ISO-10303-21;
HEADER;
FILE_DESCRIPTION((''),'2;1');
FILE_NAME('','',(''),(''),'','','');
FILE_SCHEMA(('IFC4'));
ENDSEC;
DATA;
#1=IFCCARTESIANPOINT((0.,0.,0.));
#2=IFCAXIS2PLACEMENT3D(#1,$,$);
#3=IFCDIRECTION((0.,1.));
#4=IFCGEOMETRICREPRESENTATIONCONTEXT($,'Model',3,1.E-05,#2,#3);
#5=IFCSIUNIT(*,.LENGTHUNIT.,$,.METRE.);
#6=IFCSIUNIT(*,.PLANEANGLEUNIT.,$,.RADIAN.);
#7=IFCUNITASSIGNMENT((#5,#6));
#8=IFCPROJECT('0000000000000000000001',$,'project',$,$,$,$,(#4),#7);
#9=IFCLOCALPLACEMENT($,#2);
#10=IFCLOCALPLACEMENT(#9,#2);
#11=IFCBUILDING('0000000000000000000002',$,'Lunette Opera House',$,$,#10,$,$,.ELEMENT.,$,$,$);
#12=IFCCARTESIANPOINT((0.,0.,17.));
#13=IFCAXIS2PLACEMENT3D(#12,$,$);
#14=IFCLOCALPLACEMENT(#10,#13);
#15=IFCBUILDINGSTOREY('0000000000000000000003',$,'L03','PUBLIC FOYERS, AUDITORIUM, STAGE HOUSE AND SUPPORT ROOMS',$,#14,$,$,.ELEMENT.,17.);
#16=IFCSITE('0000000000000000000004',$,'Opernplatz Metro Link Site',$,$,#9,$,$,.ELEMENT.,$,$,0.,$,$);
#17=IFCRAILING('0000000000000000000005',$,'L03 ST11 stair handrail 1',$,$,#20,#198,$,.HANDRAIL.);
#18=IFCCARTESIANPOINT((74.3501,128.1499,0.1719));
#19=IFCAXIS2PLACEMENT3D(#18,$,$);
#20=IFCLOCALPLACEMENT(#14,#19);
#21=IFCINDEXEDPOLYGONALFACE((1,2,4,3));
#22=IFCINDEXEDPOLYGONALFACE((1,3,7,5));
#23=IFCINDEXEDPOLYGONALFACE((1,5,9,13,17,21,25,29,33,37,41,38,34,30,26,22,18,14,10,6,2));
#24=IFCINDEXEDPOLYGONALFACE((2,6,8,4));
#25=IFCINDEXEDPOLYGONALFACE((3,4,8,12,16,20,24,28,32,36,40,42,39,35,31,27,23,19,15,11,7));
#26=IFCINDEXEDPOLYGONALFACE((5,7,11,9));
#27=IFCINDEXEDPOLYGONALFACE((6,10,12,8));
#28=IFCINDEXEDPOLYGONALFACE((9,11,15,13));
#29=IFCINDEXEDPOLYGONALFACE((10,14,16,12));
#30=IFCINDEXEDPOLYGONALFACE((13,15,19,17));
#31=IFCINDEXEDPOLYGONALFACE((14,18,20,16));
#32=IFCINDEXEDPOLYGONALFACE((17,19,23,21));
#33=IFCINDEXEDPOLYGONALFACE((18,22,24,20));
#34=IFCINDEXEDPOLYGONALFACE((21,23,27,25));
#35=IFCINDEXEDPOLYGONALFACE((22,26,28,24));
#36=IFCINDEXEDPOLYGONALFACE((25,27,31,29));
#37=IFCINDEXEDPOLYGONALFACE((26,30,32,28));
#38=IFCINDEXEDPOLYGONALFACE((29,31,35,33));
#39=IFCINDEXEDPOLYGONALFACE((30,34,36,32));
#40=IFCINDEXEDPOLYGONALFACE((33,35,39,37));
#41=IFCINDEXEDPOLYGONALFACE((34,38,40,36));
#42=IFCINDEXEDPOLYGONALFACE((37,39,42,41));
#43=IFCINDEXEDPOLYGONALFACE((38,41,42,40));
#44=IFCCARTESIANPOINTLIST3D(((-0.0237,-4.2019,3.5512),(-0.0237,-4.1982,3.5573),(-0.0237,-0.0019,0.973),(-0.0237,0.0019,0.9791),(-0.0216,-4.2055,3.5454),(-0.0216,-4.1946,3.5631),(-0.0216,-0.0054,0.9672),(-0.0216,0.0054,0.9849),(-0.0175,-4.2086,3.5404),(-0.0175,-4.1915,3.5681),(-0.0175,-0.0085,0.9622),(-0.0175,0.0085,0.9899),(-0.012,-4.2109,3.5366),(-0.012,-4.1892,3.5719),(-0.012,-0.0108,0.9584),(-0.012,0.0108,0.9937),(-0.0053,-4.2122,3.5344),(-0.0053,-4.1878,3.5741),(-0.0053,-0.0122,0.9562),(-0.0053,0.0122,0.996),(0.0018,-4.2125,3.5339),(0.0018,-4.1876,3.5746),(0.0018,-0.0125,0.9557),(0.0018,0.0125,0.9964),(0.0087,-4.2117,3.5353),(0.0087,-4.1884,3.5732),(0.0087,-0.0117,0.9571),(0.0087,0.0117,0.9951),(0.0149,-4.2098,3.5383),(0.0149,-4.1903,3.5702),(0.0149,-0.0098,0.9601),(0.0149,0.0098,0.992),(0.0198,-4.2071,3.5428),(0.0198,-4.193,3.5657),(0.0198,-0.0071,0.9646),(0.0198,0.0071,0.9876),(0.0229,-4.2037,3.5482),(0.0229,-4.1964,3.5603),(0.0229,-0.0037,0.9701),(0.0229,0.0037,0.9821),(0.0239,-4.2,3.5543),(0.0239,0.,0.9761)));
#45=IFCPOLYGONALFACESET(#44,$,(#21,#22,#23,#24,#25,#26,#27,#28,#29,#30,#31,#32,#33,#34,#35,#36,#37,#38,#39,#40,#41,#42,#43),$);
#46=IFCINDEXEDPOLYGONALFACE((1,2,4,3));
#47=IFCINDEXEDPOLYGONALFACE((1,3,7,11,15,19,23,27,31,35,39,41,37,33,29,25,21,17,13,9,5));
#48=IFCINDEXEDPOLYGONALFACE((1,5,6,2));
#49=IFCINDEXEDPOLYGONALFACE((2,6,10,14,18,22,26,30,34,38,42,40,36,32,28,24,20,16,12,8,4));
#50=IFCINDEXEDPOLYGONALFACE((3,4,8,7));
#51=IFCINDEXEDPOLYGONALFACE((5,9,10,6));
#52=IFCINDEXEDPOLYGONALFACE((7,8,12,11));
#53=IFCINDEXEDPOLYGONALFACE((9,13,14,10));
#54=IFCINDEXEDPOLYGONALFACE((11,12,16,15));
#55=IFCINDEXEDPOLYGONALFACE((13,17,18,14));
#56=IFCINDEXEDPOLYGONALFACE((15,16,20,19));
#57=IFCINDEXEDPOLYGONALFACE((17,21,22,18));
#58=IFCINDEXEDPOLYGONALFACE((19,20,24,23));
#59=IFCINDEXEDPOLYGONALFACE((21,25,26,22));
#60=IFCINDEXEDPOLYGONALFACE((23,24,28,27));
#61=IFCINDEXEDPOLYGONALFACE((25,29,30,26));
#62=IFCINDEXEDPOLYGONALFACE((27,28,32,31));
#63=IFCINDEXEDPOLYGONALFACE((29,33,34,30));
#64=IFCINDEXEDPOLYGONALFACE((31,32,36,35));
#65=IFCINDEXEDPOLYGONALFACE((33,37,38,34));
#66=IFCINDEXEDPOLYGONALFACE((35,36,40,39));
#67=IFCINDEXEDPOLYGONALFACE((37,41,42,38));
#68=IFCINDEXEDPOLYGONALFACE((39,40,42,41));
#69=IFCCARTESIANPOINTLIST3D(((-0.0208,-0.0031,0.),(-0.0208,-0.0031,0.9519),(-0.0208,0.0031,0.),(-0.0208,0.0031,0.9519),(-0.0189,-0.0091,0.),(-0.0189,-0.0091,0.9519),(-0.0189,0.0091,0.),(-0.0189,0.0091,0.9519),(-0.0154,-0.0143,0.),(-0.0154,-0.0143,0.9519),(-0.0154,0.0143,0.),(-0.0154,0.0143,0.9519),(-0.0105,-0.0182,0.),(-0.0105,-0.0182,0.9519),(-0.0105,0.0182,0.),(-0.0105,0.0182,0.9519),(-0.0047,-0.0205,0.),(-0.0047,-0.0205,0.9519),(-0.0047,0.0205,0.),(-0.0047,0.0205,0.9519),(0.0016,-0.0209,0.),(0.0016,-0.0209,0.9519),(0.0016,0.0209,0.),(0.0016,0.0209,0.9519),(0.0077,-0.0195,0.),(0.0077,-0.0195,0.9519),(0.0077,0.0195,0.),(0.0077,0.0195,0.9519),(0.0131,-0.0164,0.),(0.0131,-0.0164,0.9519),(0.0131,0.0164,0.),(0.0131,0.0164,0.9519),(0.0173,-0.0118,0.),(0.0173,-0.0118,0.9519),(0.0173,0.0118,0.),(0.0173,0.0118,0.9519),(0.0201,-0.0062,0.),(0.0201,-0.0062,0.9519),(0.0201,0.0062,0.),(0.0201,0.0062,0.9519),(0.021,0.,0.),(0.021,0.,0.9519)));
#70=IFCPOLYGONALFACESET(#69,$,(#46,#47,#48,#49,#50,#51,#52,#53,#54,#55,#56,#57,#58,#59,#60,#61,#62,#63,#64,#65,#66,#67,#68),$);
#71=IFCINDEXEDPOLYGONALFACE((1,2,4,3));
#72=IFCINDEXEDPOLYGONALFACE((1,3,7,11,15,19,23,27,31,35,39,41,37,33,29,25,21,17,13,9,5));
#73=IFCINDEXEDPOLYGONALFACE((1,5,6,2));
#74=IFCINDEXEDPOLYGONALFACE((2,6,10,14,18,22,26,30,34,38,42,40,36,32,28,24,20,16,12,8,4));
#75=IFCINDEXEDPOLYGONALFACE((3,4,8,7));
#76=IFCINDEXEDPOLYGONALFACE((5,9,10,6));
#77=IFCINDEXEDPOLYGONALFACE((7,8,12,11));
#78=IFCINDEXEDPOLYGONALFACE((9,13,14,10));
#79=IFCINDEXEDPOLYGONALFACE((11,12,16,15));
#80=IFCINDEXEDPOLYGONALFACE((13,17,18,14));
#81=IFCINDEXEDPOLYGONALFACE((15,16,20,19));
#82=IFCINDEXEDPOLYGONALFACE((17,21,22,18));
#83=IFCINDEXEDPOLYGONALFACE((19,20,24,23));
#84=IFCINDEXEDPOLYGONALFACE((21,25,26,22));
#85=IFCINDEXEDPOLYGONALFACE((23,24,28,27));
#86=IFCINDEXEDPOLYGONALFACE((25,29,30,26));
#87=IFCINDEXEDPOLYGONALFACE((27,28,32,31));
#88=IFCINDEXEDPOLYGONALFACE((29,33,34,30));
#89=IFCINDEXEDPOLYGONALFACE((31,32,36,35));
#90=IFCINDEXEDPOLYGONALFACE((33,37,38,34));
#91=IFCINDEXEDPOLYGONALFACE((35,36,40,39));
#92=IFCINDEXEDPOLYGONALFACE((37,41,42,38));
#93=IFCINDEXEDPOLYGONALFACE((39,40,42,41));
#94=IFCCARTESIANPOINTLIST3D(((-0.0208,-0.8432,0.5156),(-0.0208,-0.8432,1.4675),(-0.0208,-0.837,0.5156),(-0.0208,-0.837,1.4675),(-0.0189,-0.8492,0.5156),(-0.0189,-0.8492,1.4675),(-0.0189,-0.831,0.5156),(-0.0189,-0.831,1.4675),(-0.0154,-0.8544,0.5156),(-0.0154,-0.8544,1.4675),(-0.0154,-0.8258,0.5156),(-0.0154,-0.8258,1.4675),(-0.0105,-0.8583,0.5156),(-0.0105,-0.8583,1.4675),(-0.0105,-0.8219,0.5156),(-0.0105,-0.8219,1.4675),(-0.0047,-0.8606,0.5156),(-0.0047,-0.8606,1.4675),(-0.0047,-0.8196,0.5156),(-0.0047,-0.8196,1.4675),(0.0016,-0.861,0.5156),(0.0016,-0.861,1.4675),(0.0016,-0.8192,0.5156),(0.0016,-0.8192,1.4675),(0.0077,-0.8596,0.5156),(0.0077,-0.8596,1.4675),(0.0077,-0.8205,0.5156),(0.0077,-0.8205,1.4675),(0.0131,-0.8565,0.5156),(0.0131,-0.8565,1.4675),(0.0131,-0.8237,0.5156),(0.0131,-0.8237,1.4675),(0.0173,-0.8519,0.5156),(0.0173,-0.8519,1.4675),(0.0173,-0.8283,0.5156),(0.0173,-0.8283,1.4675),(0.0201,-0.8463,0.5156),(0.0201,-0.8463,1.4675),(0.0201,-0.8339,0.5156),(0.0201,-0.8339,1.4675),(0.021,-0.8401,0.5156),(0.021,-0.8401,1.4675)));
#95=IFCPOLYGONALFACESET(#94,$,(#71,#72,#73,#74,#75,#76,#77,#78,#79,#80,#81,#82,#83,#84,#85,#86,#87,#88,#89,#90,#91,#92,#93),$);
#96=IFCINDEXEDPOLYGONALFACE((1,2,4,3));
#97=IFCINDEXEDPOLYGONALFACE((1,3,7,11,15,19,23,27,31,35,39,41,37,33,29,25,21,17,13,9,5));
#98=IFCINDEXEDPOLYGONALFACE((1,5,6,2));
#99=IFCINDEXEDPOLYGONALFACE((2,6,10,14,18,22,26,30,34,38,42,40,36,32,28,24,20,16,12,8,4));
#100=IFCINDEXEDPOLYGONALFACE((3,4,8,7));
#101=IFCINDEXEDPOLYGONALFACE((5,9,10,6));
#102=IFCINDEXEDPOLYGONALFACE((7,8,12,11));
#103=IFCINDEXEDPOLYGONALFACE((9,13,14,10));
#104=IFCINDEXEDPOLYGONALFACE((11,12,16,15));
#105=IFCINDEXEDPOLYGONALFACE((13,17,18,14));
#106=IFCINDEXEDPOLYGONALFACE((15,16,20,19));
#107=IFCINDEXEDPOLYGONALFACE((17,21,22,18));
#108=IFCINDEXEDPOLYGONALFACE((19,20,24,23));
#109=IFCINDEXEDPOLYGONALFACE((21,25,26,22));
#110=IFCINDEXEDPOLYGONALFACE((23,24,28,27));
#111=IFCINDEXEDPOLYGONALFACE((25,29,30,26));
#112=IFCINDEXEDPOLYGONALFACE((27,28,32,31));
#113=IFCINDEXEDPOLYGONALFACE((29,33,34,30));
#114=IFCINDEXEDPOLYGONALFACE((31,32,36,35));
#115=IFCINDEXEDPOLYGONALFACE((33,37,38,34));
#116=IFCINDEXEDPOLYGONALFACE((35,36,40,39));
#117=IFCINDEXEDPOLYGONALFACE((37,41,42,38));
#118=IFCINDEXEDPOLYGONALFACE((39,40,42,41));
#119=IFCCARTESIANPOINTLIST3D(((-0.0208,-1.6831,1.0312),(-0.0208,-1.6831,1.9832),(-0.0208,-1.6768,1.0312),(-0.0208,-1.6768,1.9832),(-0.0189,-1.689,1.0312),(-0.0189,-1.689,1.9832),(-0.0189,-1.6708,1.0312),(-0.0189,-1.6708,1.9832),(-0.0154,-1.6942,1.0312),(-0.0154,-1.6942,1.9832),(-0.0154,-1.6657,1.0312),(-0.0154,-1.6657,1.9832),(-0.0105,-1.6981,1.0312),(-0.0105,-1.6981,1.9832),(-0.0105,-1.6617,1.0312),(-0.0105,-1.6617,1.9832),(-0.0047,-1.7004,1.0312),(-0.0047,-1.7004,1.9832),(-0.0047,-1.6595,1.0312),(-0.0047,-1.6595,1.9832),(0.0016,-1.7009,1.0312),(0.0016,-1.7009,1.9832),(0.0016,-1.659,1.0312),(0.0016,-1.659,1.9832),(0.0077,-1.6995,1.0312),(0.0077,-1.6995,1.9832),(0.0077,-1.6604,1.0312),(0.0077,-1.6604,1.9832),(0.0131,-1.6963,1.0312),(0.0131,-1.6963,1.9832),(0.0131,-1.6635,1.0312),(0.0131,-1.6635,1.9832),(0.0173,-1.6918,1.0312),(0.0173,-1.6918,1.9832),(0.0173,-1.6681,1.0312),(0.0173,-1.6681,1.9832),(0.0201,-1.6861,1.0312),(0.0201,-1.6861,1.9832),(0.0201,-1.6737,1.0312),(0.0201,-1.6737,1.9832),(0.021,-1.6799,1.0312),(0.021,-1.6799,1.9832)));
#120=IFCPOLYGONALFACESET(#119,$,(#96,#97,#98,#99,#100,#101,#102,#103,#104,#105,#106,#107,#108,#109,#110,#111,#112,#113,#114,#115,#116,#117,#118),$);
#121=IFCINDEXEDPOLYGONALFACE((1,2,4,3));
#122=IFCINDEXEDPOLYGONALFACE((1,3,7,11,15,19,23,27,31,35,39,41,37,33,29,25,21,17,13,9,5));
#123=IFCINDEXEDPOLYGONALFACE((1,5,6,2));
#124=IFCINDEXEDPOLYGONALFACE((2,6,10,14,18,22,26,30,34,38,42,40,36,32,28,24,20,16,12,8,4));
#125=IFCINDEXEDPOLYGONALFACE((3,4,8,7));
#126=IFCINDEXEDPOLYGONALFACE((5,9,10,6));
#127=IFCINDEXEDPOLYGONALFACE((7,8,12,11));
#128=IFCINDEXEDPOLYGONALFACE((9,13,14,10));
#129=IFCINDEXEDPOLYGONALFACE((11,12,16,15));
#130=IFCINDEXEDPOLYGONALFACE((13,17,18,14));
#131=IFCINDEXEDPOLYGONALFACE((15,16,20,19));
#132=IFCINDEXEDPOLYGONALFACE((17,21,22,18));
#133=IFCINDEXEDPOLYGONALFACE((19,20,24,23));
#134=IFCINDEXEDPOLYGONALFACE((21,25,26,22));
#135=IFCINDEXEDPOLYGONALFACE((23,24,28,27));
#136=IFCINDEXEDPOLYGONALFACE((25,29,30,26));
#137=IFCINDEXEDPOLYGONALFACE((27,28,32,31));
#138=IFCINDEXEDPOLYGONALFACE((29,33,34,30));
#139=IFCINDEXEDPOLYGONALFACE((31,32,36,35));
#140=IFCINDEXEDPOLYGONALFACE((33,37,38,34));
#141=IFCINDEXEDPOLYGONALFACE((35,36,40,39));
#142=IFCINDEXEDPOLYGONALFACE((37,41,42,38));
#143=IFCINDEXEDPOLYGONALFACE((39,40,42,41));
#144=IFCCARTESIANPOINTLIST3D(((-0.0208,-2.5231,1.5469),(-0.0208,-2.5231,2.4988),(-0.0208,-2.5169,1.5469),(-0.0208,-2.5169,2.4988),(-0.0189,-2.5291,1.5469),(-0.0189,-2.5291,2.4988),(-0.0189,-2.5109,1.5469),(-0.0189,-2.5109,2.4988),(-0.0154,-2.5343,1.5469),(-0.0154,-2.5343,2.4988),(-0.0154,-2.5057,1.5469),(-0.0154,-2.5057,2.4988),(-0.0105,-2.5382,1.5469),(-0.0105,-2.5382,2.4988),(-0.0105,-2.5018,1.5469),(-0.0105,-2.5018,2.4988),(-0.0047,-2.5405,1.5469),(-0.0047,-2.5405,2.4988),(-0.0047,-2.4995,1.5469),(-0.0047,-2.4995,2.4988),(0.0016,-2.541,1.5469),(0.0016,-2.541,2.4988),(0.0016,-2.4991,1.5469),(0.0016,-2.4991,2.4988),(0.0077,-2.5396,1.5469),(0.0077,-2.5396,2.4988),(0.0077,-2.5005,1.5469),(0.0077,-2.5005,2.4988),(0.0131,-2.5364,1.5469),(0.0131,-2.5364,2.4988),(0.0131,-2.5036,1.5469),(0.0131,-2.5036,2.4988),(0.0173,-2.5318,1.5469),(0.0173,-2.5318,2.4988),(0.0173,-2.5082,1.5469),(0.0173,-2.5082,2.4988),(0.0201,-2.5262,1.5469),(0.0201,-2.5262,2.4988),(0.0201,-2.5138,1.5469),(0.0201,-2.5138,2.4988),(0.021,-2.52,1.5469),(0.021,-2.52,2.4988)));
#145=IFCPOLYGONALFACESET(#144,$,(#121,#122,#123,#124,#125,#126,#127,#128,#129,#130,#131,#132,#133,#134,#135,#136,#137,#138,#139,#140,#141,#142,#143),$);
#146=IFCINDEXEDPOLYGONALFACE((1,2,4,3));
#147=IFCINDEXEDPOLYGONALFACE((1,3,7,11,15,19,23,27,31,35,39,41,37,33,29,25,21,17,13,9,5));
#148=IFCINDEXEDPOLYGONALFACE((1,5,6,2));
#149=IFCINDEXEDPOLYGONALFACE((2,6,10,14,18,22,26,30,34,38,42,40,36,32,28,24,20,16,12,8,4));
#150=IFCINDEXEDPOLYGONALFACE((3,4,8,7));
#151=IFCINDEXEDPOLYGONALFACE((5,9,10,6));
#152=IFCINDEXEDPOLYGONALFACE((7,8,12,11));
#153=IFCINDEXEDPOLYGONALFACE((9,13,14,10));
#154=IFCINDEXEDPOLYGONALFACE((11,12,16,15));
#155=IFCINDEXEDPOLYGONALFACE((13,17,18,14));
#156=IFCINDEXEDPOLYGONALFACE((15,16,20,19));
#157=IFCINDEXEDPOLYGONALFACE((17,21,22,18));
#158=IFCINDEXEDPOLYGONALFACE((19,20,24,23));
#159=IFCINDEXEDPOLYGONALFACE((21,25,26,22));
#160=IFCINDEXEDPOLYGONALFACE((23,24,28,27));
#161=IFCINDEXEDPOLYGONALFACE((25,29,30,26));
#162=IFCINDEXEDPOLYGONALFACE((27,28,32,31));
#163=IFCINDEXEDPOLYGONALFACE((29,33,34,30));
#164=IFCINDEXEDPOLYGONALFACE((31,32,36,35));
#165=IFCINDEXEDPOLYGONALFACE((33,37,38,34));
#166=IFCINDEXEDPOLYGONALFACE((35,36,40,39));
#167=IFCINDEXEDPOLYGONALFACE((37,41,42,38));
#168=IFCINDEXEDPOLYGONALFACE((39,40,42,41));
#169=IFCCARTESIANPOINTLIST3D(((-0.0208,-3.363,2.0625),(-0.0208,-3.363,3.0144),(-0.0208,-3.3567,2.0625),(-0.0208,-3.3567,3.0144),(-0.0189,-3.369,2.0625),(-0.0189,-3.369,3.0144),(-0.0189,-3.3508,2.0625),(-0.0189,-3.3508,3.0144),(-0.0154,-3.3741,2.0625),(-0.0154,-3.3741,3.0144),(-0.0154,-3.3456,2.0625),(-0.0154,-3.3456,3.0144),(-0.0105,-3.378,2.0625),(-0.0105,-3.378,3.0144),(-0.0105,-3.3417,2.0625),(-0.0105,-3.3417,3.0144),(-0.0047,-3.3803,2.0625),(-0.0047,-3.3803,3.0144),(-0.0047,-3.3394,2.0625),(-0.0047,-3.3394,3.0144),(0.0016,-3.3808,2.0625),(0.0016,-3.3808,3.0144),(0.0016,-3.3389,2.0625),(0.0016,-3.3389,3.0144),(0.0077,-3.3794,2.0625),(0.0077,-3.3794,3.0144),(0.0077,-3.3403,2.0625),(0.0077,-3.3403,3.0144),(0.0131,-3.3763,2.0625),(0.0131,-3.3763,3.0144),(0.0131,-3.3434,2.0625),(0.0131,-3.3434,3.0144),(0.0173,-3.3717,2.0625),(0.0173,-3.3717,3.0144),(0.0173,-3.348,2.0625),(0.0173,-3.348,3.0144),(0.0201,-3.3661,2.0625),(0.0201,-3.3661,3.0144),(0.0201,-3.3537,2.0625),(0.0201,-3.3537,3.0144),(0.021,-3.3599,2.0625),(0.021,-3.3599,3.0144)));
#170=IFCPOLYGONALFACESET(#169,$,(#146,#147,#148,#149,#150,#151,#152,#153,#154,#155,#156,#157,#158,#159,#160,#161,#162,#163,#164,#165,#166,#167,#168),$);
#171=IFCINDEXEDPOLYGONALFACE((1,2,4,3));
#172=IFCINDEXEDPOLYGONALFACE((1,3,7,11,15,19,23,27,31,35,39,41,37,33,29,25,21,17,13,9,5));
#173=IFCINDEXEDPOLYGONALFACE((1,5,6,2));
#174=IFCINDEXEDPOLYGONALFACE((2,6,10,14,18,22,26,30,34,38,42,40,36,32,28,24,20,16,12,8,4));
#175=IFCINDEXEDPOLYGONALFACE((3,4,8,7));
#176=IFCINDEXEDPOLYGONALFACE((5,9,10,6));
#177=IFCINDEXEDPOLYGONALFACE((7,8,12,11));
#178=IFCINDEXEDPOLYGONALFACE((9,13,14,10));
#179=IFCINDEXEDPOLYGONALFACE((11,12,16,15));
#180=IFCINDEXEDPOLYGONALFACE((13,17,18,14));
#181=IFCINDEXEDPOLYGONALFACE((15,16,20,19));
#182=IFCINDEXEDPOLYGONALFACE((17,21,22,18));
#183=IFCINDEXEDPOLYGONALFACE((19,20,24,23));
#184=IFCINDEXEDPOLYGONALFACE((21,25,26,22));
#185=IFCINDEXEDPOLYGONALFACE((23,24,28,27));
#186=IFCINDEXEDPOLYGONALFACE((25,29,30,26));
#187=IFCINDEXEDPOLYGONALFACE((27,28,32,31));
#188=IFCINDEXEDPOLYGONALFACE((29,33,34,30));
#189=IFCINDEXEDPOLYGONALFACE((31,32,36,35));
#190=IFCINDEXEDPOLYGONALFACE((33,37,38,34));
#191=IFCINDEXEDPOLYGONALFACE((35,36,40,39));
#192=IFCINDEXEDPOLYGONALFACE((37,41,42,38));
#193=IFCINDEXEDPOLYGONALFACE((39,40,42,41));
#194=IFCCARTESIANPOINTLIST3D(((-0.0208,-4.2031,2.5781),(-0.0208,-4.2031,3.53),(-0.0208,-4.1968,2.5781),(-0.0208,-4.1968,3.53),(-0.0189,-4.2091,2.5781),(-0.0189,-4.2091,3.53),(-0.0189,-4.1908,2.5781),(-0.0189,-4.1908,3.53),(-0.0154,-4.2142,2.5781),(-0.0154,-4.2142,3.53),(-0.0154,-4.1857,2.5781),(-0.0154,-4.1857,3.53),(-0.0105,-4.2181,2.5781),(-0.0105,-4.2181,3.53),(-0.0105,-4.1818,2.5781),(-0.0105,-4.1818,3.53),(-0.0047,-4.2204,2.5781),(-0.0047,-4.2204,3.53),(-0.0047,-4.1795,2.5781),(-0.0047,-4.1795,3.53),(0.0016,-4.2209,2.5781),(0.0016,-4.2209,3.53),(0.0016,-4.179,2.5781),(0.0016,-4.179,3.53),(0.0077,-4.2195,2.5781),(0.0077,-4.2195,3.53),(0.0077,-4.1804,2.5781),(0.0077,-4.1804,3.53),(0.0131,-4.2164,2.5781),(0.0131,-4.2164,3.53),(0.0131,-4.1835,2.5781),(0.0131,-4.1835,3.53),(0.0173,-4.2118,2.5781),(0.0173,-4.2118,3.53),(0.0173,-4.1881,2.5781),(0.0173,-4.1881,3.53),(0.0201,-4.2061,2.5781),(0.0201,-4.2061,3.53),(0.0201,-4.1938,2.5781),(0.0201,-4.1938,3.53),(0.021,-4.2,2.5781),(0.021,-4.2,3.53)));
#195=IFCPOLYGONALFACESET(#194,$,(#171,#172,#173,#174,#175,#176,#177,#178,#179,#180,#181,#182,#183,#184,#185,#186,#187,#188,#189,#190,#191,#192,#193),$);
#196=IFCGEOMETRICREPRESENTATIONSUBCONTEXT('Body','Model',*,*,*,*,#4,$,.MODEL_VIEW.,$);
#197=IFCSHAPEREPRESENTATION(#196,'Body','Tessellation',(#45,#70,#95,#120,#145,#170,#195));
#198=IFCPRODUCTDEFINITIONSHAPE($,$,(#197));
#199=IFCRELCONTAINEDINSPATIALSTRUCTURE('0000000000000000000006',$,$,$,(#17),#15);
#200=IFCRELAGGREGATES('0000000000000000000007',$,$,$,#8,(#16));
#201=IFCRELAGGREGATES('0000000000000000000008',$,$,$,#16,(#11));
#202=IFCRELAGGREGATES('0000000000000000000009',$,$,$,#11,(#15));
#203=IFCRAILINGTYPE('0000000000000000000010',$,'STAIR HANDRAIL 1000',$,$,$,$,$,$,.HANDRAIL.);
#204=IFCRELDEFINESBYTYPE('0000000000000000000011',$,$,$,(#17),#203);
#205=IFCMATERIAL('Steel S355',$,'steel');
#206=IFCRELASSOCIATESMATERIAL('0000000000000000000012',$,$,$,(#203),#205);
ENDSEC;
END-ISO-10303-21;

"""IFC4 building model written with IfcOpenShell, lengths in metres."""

from ifc_helpers import new_model, si_unit, direction, frame, origin, origin_2d, place, context, subcontext, project, spatial, circle, extrude, material, type_object, element, save


model = new_model("IFC4")

# Units and contexts
model_context = context("Model", 3, precision=1e-05, world=origin(), true_north=direction((0.0, 1.0)))
body_context = subcontext(model_context, "Body", "Model", "MODEL_VIEW")
ifc_project = project(units=[si_unit("LENGTHUNIT", "METRE"), si_unit("PLANEANGLEUNIT", "RADIAN")], contexts=[model_context])

# Site, building, storey
site_placement = place(None, origin())
site = spatial("IfcSite", under=ifc_project, at=site_placement, Name="Opernplatz Metro Link Site", CompositionType="ELEMENT", RefElevation=0.0)
building_placement = place(site_placement, origin())
building = spatial("IfcBuilding", under=site, at=building_placement, Name="Lunette Opera House", CompositionType="ELEMENT")
storey_placement = place(building_placement, frame((0.0, 0.0, 17.0)))
storey = spatial("IfcBuildingStorey", under=building, at=storey_placement, Name="L03", Description="PUBLIC FOYERS, AUDITORIUM, STAGE HOUSE AND SUPPORT ROOMS", CompositionType="ELEMENT", Elevation=17.0)

# Railing
ifc_material_1 = material(Name="Steel S355", Category="steel")
railing_type = type_object("IfcRailingType", Name="STAIR HANDRAIL 1000", PredefinedType="HANDRAIL", material=ifc_material_1)
railing_placement = place(storey_placement, frame((74.3501, 128.1499, 0.1719)))
element("IfcRailing", 1, at=railing_placement, inside=storey, type_object=railing_type, Name="L03 ST11 stair handrail 1", PredefinedType="HANDRAIL", context=body_context, shape_type="SweptSolid", body=[
    extrude(circle(Radius=0.0239, at=origin_2d()), frame((0.0, 0.0, 0.9761), z_axis=(0.0, -0.852243, 0.523146), x_axis=(1.0, 0.0, 0.0)), (0.0, 0.0, 1.0), 4.9282),
    extrude(circle(Radius=0.021, at=origin_2d()), origin(), (0.0, 0.0, 1.0), 0.9519),
    extrude(circle(Radius=0.021, at=origin_2d()), frame((0.0, -0.8401, 0.5156)), (0.0, 0.0, 1.0), 0.9519),
    extrude(circle(Radius=0.021, at=origin_2d()), frame((0.0, -1.6799, 1.0312)), (0.0, 0.0, 1.0), 0.9519),
    extrude(circle(Radius=0.021, at=origin_2d()), frame((0.0, -2.52, 1.5469)), (0.0, 0.0, 1.0), 0.9519),
    extrude(circle(Radius=0.021, at=origin_2d()), frame((0.0, -3.3599, 2.0625)), (0.0, 0.0, 1.0), 0.9519),
    extrude(circle(Radius=0.021, at=origin_2d()), frame((0.0, -4.2, 2.5781)), (0.0, 0.0, 1.0), 0.9519),
])

save(model, "model.ifc")
